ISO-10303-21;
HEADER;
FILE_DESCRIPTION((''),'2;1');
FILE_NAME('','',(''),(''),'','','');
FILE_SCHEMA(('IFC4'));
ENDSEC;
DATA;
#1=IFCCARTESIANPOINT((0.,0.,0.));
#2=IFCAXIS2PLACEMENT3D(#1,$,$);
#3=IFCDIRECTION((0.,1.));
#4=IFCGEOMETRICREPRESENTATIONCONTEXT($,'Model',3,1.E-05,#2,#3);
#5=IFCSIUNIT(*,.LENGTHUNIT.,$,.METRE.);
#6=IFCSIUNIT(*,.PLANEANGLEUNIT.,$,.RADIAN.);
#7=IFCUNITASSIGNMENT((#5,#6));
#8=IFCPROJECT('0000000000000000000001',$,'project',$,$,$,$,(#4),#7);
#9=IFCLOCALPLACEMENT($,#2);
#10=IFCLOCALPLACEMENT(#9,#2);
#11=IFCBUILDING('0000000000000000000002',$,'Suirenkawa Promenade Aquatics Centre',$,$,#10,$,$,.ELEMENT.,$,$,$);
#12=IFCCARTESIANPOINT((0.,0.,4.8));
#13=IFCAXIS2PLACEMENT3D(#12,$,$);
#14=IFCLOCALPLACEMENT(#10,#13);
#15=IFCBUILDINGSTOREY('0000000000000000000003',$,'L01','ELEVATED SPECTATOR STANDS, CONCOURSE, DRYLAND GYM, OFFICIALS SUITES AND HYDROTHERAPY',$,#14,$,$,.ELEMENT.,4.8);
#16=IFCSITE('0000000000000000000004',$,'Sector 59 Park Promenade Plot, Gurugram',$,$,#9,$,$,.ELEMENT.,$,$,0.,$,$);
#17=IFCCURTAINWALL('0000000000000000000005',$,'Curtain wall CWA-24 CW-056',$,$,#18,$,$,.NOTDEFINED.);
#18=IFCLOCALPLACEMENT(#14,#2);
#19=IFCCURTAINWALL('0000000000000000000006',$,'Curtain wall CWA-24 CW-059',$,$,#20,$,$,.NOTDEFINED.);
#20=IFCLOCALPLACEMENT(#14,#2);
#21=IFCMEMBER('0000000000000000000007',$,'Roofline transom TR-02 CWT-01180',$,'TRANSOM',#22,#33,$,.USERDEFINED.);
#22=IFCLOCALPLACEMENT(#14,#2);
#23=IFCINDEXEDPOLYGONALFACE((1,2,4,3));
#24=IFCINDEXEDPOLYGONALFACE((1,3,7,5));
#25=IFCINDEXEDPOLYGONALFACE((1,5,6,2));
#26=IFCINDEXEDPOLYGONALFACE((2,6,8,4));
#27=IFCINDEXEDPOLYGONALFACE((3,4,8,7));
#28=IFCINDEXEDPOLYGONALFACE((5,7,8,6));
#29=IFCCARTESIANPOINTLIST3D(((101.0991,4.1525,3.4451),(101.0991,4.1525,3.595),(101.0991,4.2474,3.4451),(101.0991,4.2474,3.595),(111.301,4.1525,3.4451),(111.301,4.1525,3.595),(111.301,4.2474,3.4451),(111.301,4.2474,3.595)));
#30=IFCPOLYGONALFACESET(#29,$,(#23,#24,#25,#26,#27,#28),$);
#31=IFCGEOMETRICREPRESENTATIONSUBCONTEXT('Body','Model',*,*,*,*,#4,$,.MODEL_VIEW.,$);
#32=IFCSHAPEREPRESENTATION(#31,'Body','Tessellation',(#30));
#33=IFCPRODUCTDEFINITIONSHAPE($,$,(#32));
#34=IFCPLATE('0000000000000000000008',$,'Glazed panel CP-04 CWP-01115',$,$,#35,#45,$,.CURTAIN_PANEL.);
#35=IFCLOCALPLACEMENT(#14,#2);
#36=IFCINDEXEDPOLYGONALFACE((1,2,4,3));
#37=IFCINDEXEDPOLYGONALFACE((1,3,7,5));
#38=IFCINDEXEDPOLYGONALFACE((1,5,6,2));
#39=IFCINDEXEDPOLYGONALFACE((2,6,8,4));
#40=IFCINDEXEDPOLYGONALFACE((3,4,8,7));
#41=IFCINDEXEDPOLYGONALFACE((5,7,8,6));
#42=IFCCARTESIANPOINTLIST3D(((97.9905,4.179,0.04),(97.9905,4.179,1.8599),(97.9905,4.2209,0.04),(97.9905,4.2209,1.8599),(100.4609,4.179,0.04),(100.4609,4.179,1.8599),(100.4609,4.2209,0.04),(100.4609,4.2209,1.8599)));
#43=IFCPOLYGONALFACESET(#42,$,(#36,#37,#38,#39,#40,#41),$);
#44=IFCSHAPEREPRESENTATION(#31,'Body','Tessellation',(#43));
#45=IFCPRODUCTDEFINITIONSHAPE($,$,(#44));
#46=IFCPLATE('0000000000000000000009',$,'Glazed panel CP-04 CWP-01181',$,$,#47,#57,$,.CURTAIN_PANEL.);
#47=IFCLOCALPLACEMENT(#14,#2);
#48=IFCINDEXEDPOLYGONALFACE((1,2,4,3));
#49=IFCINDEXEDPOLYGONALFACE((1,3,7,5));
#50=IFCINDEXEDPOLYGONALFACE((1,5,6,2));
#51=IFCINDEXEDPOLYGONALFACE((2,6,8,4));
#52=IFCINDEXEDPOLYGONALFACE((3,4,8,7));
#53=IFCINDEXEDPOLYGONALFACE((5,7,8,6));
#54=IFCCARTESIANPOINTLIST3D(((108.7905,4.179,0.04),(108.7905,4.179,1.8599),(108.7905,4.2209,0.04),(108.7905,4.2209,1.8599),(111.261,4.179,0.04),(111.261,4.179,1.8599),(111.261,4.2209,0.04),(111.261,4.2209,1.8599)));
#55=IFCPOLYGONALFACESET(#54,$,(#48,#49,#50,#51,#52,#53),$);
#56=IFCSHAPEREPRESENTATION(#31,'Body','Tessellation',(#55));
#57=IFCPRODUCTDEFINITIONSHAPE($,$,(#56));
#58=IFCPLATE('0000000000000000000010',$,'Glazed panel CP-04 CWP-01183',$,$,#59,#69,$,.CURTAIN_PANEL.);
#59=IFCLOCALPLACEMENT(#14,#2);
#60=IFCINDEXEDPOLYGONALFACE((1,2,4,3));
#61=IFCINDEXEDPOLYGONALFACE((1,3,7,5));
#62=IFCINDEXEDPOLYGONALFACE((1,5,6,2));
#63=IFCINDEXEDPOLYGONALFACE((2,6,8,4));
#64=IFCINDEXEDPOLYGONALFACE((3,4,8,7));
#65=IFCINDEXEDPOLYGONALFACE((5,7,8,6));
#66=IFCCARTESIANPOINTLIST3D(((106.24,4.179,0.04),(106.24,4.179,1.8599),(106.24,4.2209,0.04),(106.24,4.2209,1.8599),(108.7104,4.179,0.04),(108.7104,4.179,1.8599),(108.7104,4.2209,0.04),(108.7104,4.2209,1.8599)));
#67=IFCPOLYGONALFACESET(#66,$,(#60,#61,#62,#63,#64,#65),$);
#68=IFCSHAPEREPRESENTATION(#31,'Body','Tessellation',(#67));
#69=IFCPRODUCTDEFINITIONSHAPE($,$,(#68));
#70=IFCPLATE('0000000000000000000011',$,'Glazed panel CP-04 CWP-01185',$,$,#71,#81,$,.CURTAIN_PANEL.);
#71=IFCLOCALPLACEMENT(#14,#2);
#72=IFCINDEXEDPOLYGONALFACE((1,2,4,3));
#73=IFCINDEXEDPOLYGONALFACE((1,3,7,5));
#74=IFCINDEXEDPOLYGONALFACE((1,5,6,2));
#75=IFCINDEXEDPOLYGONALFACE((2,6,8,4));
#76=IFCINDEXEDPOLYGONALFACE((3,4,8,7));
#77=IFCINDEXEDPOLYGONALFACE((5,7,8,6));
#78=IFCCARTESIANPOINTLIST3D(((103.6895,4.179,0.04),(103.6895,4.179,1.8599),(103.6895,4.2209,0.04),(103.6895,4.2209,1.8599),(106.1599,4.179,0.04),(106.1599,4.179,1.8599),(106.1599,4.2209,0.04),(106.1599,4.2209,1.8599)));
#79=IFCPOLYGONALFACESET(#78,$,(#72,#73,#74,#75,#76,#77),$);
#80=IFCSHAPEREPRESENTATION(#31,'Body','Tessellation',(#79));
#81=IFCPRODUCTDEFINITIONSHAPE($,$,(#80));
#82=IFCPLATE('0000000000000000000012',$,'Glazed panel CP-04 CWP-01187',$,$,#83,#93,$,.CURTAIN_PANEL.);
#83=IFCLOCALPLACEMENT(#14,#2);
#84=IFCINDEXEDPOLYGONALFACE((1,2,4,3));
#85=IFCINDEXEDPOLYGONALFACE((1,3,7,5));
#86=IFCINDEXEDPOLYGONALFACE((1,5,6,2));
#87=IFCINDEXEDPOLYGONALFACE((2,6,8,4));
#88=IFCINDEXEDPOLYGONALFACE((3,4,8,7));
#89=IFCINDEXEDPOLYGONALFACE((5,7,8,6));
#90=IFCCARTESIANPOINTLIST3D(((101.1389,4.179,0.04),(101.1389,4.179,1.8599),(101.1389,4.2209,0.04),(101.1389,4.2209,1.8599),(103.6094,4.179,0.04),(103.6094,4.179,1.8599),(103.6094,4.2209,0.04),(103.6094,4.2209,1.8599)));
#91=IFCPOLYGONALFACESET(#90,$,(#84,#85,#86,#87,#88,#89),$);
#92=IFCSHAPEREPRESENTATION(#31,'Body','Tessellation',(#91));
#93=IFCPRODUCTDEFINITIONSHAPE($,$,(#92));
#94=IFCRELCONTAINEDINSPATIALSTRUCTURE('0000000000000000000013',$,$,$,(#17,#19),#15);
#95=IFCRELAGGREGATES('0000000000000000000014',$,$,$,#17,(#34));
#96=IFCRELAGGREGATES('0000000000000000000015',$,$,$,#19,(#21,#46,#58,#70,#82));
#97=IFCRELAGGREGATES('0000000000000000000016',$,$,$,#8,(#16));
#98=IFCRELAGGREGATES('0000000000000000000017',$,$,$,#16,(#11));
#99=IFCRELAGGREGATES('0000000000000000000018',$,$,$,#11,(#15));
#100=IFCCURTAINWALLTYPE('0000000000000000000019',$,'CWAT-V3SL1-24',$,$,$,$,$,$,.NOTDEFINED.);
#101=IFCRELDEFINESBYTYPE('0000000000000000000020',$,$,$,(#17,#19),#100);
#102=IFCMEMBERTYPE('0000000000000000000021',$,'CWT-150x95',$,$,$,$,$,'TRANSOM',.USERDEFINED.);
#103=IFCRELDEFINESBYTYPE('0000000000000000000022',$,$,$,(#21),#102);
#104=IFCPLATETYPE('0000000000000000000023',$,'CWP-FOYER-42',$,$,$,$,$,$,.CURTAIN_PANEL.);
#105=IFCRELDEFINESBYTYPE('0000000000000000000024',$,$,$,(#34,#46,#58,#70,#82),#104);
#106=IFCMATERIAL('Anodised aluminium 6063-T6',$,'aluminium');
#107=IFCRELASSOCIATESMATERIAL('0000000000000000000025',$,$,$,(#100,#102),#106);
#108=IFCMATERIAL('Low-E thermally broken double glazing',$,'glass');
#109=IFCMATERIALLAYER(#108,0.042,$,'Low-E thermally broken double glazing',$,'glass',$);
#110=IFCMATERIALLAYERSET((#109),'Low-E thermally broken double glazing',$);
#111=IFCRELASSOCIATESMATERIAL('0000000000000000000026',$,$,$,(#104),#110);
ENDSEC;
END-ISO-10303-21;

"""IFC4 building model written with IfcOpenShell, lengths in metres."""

from ifc_helpers import new_model, si_unit, direction, frame, origin, origin_2d, place, context, subcontext, project, spatial, polyline, rectangle, outline, extrude, material, layer, layer_set, material_profile, profile_set, type_object, element, aggregate, save


model = new_model("IFC4")

# Units and contexts
model_context = context("Model", 3, precision=1e-05, world=origin(), true_north=direction((0.0, 1.0)))
body_context = subcontext(model_context, "Body", "Model", "MODEL_VIEW")
ifc_project = project(units=[si_unit("LENGTHUNIT", "METRE"), si_unit("PLANEANGLEUNIT", "RADIAN")], contexts=[model_context])

# Site, building, storey
site_placement = place(None, origin())
site = spatial("IfcSite", under=ifc_project, at=site_placement, Name="Sector 59 Park Promenade Plot, Gurugram", CompositionType="ELEMENT", RefElevation=0.0)
building_placement = place(site_placement, origin())
building = spatial("IfcBuilding", under=site, at=building_placement, Name="Suirenkawa Promenade Aquatics Centre", CompositionType="ELEMENT")
storey_placement = place(building_placement, frame((0.0, 0.0, 4.8)))
storey = spatial("IfcBuildingStorey", under=building, at=storey_placement, Name="L01", Description="ELEVATED SPECTATOR STANDS, CONCOURSE, DRYLAND GYM, OFFICIALS SUITES AND HYDROTHERAPY", CompositionType="ELEMENT", Elevation=4.8)

# Curtain wall
ifc_material_1 = material(Name="Anodised aluminium 6063-T6", Category="aluminium")
curtain_wall_type = type_object("IfcCurtainWallType", Name="CWAT-V3SL1-24", PredefinedType="NOTDEFINED", material=ifc_material_1)
curtain_wall_1_placement = place(storey_placement, origin())
curtain_wall_1 = element("IfcCurtainWall", 1, at=curtain_wall_1_placement, inside=storey, type_object=curtain_wall_type, Name="Curtain wall CWA-24 CW-056", PredefinedType="NOTDEFINED")

# Curtain wall
curtain_wall_2_placement = place(storey_placement, origin())
curtain_wall_2 = element("IfcCurtainWall", 2, at=curtain_wall_2_placement, inside=storey, type_object=curtain_wall_type, Name="Curtain wall CWA-24 CW-059", PredefinedType="NOTDEFINED")

# Member
ifc_material_profile_1 = material_profile(ifc_material_1, rectangle(XDim=0.095, YDim=0.1499, at=origin_2d()), Name="ALU TRAN 95x150", Category="aluminium")
ifc_profile_set_1 = profile_set([ifc_material_profile_1], Name="Anodised aluminium 6063-T6")
member_type_1 = type_object("IfcMemberType", Name="CWT-150x95", ElementType="TRANSOM", PredefinedType="USERDEFINED", material=ifc_profile_set_1)
member_1_placement = place(storey_placement, frame((111.301, 4.2, 3.52), z_axis=(-1.0, 0.0, 0.0), x_axis=(0.0, -1.0, 0.0)))
member_1 = element("IfcMember", 3, at=member_1_placement, type_object=member_type_1, Name="Roofline transom TR-02 CWT-01180", ObjectType="TRANSOM", PredefinedType="USERDEFINED", context=body_context, shape_type="SweptSolid", body=[
    extrude(rectangle(XDim=0.095, YDim=0.1499, at=origin_2d()), origin(), (0.0, 0.0, 1.0), 10.2019),
])

# Plates
ifc_material_2 = material(Name="Low-E thermally broken double glazing", Category="glass")
ifc_layer = layer(ifc_material_2, 0.042, Name="Low-E thermally broken double glazing", Category="glass")
ifc_layer_set = layer_set([ifc_layer], Name="Low-E thermally broken double glazing")
plate_type = type_object("IfcPlateType", Name="CWP-FOYER-42", PredefinedType="CURTAIN_PANEL", material=ifc_layer_set)
plate_1_placement = place(storey_placement, frame((100.501, 4.2, 0.04), z_axis=(0.0, 0.0, 1.0), x_axis=(-1.0, 0.0, 0.0)))
plate_1 = element("IfcPlate", 4, at=plate_1_placement, type_object=plate_type, Name="Glazed panel CP-04 CWP-01115", PredefinedType="CURTAIN_PANEL", context=body_context, shape_type="SweptSolid", body=[
    extrude(outline(polyline([(0.04, 0.0), (2.5105, 0.0), (2.5105, 1.8198), (0.04, 1.8198), (0.04, 0.0)])), frame((0.0, 0.021, 0.0), z_axis=(0.0, -1.0, 0.0), x_axis=(1.0, 0.0, 0.0)), (0.0, 0.0, 1.0), 0.042),
])
aggregate(curtain_wall_1, [plate_1])
plate_2_placement = place(storey_placement, frame((111.301, 4.2, 0.04), z_axis=(0.0, 0.0, 1.0), x_axis=(-1.0, 0.0, 0.0)))
plate_2 = element("IfcPlate", 5, at=plate_2_placement, type_object=plate_type, Name="Glazed panel CP-04 CWP-01181", PredefinedType="CURTAIN_PANEL", context=body_context, shape_type="SweptSolid", body=[
    extrude(outline(polyline([(0.04, 0.0), (2.5105, 0.0), (2.5105, 1.8198), (0.04, 1.8198), (0.04, 0.0)])), frame((0.0, 0.021, 0.0), z_axis=(0.0, -1.0, 0.0), x_axis=(1.0, 0.0, 0.0)), (0.0, 0.0, 1.0), 0.042),
])
plate_3_placement = place(storey_placement, frame((108.7505, 4.2, 0.04), z_axis=(0.0, 0.0, 1.0), x_axis=(-1.0, 0.0, 0.0)))
plate_3 = element("IfcPlate", 6, at=plate_3_placement, type_object=plate_type, Name="Glazed panel CP-04 CWP-01183", PredefinedType="CURTAIN_PANEL", context=body_context, shape_type="SweptSolid", body=[
    extrude(outline(polyline([(0.04, 0.0), (2.5105, 0.0), (2.5105, 1.8198), (0.04, 1.8198), (0.04, 0.0)])), frame((0.0, 0.021, 0.0), z_axis=(0.0, -1.0, 0.0), x_axis=(1.0, 0.0, 0.0)), (0.0, 0.0, 1.0), 0.042),
])
plate_4_placement = place(storey_placement, frame((106.2, 4.2, 0.04), z_axis=(0.0, 0.0, 1.0), x_axis=(-1.0, 0.0, 0.0)))
plate_4 = element("IfcPlate", 7, at=plate_4_placement, type_object=plate_type, Name="Glazed panel CP-04 CWP-01185", PredefinedType="CURTAIN_PANEL", context=body_context, shape_type="SweptSolid", body=[
    extrude(outline(polyline([(0.04, 0.0), (2.5105, 0.0), (2.5105, 1.8198), (0.04, 1.8198), (0.04, 0.0)])), frame((0.0, 0.021, 0.0), z_axis=(0.0, -1.0, 0.0), x_axis=(1.0, 0.0, 0.0)), (0.0, 0.0, 1.0), 0.042),
])
plate_5_placement = place(storey_placement, frame((103.6494, 4.2, 0.04), z_axis=(0.0, 0.0, 1.0), x_axis=(-1.0, 0.0, 0.0)))
plate_5 = element("IfcPlate", 8, at=plate_5_placement, type_object=plate_type, Name="Glazed panel CP-04 CWP-01187", PredefinedType="CURTAIN_PANEL", context=body_context, shape_type="SweptSolid", body=[
    extrude(outline(polyline([(0.04, 0.0), (2.5105, 0.0), (2.5105, 1.8198), (0.04, 1.8198), (0.04, 0.0)])), frame((0.0, 0.021, 0.0), z_axis=(0.0, -1.0, 0.0), x_axis=(1.0, 0.0, 0.0)), (0.0, 0.0, 1.0), 0.042),
])
aggregate(curtain_wall_2, [member_1, plate_2, plate_3, plate_4, plate_5])

save(model, "model.ifc")
